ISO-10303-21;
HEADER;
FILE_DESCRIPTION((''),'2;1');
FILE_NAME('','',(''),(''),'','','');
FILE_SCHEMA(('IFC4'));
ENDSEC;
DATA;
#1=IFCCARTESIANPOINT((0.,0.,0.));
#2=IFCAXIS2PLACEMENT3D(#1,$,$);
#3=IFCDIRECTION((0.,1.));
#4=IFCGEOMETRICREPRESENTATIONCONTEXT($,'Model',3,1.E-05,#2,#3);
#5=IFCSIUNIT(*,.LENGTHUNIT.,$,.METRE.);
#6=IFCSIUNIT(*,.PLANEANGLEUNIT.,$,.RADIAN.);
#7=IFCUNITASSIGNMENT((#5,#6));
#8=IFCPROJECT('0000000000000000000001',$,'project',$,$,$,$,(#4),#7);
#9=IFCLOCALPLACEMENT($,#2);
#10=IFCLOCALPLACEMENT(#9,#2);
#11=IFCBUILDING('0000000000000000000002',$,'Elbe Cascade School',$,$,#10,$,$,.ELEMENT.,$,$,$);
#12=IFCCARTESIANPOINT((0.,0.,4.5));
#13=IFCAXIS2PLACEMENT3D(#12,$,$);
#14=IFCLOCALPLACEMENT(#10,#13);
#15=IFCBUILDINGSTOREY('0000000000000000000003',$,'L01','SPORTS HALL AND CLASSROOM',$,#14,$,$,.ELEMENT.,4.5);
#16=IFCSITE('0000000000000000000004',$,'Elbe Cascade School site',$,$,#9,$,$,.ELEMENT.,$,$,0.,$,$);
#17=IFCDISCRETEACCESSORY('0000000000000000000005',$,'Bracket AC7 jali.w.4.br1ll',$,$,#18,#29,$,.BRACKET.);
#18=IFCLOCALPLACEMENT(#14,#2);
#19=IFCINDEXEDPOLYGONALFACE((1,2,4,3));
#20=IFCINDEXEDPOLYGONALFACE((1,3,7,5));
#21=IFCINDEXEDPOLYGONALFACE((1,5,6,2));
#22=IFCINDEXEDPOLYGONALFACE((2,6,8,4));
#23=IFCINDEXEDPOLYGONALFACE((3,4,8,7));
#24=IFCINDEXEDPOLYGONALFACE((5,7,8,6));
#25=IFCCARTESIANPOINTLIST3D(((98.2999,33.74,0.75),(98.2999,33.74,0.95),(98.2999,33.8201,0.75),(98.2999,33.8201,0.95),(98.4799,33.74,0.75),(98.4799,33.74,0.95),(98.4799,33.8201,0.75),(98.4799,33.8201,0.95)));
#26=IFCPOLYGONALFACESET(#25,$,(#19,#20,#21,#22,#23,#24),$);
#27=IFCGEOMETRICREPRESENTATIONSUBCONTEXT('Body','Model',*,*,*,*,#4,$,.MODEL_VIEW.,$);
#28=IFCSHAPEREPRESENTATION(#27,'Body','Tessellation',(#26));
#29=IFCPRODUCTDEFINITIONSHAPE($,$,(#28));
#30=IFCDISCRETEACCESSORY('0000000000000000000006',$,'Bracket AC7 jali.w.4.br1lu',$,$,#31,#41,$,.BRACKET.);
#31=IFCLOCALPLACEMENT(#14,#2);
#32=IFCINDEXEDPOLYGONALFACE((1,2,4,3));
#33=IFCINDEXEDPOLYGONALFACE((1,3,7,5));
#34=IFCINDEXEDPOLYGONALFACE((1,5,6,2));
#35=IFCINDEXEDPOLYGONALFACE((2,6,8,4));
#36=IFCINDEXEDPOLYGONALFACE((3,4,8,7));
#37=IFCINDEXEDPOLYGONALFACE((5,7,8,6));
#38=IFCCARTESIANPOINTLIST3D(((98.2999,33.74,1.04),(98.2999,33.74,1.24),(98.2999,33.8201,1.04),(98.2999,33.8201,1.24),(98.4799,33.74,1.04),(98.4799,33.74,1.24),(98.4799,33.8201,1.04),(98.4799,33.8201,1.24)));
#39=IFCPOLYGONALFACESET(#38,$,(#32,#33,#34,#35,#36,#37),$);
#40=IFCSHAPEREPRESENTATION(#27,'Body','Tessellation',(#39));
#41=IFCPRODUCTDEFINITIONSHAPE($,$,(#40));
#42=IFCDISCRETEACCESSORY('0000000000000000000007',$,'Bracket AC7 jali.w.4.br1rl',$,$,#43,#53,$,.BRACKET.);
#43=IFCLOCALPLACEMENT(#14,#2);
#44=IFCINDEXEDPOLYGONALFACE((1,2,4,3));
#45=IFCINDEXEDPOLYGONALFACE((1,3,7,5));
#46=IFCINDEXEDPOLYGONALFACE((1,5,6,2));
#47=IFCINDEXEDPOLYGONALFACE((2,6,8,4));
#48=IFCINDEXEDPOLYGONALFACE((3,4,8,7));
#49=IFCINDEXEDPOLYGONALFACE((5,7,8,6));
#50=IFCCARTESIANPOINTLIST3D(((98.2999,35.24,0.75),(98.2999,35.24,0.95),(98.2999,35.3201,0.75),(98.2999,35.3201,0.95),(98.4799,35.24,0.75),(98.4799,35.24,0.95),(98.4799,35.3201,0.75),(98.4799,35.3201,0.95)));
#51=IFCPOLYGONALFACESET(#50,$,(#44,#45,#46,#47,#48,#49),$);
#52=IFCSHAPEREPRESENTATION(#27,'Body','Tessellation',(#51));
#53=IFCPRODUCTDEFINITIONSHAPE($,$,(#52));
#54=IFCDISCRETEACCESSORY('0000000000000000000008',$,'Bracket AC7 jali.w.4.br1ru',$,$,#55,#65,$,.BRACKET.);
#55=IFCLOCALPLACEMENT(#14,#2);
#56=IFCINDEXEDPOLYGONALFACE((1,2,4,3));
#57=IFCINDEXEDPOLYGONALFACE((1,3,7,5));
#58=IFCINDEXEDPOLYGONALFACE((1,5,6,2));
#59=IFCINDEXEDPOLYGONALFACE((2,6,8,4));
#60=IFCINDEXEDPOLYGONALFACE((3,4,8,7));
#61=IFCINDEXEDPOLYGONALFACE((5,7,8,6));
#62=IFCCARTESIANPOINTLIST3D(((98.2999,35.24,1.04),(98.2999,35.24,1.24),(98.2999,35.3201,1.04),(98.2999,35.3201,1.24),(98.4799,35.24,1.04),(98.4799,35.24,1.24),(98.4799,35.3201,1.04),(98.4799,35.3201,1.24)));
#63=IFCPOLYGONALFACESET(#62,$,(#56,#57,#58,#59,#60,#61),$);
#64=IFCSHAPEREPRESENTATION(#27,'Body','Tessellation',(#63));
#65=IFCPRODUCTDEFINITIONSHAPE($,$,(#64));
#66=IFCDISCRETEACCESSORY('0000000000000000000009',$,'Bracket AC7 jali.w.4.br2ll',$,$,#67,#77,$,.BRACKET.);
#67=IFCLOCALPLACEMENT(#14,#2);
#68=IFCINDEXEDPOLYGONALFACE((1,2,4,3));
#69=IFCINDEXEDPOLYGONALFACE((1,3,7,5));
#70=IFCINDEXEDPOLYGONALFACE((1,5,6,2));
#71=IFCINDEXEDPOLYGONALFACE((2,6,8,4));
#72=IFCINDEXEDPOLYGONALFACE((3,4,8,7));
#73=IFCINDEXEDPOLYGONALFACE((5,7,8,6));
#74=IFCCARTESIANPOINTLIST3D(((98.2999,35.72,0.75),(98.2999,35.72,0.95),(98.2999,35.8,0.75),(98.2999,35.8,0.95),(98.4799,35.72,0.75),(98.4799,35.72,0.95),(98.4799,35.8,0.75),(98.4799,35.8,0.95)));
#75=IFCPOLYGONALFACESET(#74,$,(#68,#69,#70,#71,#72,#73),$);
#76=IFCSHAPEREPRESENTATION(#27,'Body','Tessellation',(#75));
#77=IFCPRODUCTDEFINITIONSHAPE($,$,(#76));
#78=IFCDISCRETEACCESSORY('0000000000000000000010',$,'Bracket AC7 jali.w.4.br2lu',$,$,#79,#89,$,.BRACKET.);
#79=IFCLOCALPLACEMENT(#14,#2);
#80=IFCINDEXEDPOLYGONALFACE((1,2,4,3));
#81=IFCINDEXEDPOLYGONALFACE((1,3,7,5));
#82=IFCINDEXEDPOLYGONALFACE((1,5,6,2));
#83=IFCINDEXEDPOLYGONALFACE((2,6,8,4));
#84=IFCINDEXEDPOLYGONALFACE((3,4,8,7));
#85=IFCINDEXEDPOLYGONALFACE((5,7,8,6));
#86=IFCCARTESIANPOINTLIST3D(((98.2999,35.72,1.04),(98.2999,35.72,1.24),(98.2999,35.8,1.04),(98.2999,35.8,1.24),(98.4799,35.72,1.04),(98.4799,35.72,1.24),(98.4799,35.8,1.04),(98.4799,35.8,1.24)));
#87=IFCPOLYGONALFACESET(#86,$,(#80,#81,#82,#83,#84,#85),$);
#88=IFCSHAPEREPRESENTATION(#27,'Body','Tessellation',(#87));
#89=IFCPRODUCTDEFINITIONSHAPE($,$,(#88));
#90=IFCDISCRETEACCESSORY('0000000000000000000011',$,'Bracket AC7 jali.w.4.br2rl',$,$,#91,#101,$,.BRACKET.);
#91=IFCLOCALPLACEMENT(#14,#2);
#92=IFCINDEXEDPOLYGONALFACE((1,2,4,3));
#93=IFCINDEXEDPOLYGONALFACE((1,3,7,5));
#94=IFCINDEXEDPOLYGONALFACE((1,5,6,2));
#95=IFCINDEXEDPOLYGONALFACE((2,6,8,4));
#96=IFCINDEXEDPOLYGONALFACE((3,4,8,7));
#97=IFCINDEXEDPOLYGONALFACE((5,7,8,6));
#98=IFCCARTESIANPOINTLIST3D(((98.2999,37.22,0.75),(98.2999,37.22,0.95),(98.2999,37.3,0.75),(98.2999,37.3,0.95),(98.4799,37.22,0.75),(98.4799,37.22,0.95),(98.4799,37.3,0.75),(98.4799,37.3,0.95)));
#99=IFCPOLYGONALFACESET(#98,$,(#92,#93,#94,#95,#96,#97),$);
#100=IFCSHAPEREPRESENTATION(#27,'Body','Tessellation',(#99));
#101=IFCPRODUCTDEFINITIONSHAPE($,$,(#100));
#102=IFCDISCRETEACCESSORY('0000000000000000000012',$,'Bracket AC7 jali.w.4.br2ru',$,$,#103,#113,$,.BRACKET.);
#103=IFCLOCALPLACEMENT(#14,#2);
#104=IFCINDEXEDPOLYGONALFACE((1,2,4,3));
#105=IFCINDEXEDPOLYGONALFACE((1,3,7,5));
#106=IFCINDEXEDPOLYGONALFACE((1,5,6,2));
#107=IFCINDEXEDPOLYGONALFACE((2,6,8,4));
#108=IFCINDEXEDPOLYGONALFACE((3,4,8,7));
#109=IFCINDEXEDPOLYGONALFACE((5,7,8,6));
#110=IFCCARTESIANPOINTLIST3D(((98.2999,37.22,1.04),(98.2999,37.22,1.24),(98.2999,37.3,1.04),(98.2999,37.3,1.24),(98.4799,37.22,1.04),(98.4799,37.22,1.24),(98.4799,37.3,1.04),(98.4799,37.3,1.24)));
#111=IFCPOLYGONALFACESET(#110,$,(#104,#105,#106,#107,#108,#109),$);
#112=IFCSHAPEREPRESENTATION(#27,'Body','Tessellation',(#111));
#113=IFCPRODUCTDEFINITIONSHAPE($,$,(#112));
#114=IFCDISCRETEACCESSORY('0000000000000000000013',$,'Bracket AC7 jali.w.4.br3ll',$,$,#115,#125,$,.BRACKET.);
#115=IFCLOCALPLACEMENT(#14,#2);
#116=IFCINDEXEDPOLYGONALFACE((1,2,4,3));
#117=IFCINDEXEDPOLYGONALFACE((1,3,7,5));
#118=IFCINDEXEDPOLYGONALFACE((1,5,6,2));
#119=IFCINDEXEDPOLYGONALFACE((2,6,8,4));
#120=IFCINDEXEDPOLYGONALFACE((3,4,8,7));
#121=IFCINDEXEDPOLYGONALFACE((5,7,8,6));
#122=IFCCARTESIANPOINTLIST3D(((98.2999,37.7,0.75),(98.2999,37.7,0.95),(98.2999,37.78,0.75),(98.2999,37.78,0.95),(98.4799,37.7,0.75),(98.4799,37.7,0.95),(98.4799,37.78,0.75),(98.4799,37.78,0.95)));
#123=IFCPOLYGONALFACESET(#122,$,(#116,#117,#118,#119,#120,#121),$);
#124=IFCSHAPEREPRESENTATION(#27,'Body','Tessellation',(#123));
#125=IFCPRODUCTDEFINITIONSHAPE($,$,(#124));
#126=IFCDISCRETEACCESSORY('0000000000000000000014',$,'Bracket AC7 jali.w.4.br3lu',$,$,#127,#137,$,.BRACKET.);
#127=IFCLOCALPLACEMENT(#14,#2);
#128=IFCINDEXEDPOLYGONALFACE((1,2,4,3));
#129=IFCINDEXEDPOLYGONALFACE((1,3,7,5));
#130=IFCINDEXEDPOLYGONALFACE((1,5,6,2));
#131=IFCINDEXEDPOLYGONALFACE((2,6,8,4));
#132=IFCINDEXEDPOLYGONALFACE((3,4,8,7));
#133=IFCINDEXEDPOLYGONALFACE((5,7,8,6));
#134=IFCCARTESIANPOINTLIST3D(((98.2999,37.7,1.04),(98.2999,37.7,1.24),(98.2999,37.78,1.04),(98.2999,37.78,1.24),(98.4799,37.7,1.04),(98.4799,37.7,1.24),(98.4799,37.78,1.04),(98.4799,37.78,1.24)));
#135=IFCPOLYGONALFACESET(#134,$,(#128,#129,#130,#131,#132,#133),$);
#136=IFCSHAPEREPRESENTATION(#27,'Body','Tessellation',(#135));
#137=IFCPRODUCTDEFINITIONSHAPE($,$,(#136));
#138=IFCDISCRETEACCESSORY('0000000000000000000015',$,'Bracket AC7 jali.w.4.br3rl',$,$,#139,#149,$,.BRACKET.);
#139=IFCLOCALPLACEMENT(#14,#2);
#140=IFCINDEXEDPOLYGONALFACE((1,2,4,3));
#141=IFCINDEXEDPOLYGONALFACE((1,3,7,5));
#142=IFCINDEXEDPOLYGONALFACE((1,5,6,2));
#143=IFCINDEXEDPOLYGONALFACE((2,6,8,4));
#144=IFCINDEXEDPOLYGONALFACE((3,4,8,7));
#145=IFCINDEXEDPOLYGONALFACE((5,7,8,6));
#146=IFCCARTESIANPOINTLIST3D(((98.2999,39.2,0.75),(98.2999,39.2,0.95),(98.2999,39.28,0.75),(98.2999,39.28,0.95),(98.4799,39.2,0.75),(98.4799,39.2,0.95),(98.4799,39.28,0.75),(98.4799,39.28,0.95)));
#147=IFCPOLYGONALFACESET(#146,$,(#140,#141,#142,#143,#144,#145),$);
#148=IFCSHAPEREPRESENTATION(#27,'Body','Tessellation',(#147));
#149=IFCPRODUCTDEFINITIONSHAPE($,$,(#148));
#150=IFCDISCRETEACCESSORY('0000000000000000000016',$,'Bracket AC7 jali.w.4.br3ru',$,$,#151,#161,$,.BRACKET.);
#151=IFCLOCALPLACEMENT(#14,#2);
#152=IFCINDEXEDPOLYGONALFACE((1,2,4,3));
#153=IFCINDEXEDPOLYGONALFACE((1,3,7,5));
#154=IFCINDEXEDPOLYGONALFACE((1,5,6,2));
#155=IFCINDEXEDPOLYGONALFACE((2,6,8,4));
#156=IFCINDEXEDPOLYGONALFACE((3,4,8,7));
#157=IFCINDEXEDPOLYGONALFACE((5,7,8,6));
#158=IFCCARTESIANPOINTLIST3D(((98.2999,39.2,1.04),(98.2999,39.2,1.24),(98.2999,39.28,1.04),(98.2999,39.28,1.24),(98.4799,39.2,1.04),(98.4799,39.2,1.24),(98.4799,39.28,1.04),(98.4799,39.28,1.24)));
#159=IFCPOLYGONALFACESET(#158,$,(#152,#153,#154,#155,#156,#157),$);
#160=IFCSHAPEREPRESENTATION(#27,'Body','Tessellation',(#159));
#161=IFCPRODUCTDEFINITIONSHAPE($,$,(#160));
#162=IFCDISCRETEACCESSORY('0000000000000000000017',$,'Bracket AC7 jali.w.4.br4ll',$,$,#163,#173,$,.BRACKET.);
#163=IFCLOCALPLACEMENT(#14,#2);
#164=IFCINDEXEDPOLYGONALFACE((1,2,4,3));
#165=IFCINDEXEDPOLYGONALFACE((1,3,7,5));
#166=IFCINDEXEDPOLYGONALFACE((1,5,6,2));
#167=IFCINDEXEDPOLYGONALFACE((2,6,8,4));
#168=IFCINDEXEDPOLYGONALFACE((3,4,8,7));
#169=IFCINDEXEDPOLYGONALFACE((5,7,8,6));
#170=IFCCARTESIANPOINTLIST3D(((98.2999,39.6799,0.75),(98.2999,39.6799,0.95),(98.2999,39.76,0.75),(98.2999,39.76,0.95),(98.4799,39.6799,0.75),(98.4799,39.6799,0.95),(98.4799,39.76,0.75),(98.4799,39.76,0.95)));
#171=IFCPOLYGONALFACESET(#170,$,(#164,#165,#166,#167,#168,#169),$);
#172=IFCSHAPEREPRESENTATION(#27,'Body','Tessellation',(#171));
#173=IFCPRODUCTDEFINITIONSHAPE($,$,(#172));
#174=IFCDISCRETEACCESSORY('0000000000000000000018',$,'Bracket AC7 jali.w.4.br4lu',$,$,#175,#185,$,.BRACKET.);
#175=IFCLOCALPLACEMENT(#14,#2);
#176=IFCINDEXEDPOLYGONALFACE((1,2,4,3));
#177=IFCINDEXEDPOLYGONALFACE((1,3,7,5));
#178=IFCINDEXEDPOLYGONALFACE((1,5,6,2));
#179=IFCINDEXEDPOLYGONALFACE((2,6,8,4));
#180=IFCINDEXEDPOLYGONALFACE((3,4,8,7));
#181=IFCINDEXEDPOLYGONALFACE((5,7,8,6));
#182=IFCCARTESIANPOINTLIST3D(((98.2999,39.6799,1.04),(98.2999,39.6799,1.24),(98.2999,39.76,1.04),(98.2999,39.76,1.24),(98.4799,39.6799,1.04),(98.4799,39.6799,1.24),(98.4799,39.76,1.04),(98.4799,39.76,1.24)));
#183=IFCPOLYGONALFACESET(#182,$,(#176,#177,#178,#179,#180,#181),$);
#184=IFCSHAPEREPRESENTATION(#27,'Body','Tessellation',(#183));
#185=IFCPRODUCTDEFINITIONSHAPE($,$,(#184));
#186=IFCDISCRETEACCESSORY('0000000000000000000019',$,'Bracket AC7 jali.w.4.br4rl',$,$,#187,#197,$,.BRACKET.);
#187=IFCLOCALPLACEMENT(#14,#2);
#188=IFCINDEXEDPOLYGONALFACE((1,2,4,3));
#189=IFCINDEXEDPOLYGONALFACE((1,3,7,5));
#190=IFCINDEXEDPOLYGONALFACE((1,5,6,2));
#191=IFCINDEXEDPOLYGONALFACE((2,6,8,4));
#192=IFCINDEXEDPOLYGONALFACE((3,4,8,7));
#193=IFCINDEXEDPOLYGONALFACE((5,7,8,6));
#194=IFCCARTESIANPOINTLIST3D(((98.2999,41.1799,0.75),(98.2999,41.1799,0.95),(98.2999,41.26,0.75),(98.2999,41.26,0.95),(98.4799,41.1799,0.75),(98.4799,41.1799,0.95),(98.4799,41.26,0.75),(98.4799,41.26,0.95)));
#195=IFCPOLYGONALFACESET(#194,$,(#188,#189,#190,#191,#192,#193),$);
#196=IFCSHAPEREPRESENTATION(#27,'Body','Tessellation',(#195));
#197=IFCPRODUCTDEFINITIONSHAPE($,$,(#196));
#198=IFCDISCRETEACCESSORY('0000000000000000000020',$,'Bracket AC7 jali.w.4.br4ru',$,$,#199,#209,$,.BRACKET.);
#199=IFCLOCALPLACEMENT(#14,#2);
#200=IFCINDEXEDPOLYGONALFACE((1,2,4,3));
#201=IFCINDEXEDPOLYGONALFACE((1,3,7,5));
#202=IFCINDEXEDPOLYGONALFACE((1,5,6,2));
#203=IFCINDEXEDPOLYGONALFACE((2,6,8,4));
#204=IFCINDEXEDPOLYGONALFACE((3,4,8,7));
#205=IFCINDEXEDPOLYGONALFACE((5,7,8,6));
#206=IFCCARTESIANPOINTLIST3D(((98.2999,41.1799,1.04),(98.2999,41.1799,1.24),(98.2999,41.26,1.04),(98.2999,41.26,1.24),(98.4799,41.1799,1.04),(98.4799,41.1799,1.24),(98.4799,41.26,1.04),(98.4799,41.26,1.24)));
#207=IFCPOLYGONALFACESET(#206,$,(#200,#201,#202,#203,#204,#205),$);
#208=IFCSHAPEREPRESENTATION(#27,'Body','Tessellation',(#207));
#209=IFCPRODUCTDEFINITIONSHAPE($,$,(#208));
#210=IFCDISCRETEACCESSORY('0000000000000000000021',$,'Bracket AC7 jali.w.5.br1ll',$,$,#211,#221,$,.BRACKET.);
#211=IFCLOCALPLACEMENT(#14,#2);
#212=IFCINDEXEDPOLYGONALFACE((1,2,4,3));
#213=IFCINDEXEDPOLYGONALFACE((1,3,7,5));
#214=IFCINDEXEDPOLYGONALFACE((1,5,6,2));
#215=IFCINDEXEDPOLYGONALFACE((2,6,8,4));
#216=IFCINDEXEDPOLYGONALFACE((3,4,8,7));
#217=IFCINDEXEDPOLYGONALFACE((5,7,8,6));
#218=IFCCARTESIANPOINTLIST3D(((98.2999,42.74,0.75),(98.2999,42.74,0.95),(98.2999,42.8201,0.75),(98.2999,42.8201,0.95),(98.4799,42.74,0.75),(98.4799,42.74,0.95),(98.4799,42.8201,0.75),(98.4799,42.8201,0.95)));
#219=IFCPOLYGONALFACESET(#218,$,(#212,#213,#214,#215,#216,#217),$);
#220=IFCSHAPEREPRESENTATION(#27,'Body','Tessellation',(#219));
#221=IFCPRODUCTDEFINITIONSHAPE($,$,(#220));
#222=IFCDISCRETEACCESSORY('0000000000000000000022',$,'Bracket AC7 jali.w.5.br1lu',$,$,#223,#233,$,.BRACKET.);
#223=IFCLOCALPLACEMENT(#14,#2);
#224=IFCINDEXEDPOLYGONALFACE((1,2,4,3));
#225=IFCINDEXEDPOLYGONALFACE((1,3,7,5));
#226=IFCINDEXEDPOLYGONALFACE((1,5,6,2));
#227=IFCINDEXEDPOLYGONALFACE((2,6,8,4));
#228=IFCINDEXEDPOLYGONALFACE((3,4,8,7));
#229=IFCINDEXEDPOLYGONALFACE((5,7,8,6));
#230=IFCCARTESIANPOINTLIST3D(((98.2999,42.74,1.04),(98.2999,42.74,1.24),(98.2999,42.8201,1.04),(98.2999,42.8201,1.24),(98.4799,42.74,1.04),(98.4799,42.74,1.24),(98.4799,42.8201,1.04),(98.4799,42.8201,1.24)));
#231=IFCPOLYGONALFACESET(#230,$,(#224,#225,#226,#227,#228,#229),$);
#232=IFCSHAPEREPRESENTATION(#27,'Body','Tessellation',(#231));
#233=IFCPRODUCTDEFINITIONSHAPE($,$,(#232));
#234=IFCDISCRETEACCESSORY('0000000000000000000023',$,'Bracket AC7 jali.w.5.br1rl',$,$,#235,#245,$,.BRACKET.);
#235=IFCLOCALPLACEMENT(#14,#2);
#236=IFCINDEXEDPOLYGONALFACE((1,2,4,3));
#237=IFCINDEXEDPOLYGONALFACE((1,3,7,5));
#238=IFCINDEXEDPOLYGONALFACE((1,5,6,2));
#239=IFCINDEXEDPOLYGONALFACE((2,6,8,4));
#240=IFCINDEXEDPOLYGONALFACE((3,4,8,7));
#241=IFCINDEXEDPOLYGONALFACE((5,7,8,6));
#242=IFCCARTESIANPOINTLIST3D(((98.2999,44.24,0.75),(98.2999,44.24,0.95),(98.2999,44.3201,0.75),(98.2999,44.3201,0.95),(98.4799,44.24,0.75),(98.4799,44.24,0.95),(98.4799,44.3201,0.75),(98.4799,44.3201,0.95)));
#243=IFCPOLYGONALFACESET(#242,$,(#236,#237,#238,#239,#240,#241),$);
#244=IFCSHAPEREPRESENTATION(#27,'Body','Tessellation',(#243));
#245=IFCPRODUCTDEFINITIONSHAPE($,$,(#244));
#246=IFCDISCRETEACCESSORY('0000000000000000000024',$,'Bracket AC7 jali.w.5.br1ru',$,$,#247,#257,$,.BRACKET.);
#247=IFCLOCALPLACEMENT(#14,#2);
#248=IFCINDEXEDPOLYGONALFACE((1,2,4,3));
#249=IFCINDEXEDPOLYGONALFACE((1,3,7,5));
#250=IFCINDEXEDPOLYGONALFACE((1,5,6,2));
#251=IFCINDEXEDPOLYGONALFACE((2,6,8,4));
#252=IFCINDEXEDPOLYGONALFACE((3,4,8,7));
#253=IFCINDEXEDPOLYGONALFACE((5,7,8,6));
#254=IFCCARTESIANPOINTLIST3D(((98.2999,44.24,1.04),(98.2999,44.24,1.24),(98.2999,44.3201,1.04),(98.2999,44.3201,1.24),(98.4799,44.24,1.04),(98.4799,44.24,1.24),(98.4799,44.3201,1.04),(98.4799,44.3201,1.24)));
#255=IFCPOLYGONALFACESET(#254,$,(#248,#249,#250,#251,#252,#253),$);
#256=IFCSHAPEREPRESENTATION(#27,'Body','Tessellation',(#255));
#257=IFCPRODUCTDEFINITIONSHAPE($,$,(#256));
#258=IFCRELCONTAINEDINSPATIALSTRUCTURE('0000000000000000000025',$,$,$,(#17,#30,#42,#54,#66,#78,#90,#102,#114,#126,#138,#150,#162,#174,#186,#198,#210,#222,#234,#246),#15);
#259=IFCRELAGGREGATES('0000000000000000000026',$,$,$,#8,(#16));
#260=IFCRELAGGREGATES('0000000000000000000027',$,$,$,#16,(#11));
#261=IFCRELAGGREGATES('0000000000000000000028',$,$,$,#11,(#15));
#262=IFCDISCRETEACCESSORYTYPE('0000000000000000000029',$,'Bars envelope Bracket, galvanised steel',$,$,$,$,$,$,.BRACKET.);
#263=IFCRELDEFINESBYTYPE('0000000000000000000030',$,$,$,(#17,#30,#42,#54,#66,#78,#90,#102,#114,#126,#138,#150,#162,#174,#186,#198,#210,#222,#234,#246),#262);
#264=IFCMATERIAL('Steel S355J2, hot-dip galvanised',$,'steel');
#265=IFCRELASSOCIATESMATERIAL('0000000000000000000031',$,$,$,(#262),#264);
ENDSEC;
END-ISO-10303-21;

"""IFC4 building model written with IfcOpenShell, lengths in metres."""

from ifc_helpers import new_model, si_unit, direction, frame, origin, origin_2d, place, context, subcontext, project, spatial, rectangle, extrude, material, type_object, element, save


model = new_model("IFC4")

# Units and contexts
model_context = context("Model", 3, precision=1e-05, world=origin(), true_north=direction((0.0, 1.0)))
body_context = subcontext(model_context, "Body", "Model", "MODEL_VIEW")
ifc_project = project(units=[si_unit("LENGTHUNIT", "METRE"), si_unit("PLANEANGLEUNIT", "RADIAN")], contexts=[model_context])

# Site, building, storey
site_placement = place(None, origin())
site = spatial("IfcSite", under=ifc_project, at=site_placement, Name="Elbe Cascade School site", CompositionType="ELEMENT", RefElevation=0.0)
building_placement = place(site_placement, origin())
building = spatial("IfcBuilding", under=site, at=building_placement, Name="Elbe Cascade School", CompositionType="ELEMENT")
storey_placement = place(building_placement, frame((0.0, 0.0, 4.5)))
storey = spatial("IfcBuildingStorey", under=building, at=storey_placement, Name="L01", Description="SPORTS HALL AND CLASSROOM", CompositionType="ELEMENT", Elevation=4.5)

# Discrete accessories
ifc_material = material(Name="Steel S355J2, hot-dip galvanised", Category="steel")
discrete_accessory_type = type_object("IfcDiscreteAccessoryType", Name="Bars envelope Bracket, galvanised steel", PredefinedType="BRACKET", material=ifc_material)
for number, where, z_axis, x_axis, name in (
    (1, (98.3899, 33.78, 0.75), (0.0, 0.0, 1.0), (0.0, 1.0, 0.0), "Bracket AC7 jali.w.4.br1ll"),
    (2, (98.3899, 33.78, 1.04), (0.0, 0.0, 1.0), (0.0, 1.0, 0.0), "Bracket AC7 jali.w.4.br1lu"),
    (3, (98.3899, 35.28, 0.75), (0.0, 0.0, 1.0), (0.0, 1.0, 0.0), "Bracket AC7 jali.w.4.br1rl"),
    (4, (98.3899, 35.28, 1.04), (0.0, 0.0, 1.0), (0.0, 1.0, 0.0), "Bracket AC7 jali.w.4.br1ru"),
    (5, (98.3899, 35.76, 0.75), (0.0, 0.0, 1.0), (0.0, 1.0, 0.0), "Bracket AC7 jali.w.4.br2ll"),
    (6, (98.3899, 35.76, 1.04), (0.0, 0.0, 1.0), (0.0, 1.0, 0.0), "Bracket AC7 jali.w.4.br2lu"),
    (7, (98.3899, 37.26, 0.75), (0.0, 0.0, 1.0), (0.0, 1.0, 0.0), "Bracket AC7 jali.w.4.br2rl"),
    (8, (98.3899, 37.26, 1.04), (0.0, 0.0, 1.0), (0.0, 1.0, 0.0), "Bracket AC7 jali.w.4.br2ru"),
    (9, (98.3899, 37.74, 0.75), (0.0, 0.0, 1.0), (0.0, 1.0, 0.0), "Bracket AC7 jali.w.4.br3ll"),
    (10, (98.3899, 37.74, 1.04), (0.0, 0.0, 1.0), (0.0, 1.0, 0.0), "Bracket AC7 jali.w.4.br3lu"),
    (11, (98.3899, 39.24, 0.75), (0.0, 0.0, 1.0), (0.0, 1.0, 0.0), "Bracket AC7 jali.w.4.br3rl"),
    (12, (98.3899, 39.24, 1.04), (0.0, 0.0, 1.0), (0.0, 1.0, 0.0), "Bracket AC7 jali.w.4.br3ru"),
    (13, (98.3899, 39.72, 0.75), (0.0, 0.0, 1.0), (0.0, 1.0, 0.0), "Bracket AC7 jali.w.4.br4ll"),
    (14, (98.3899, 39.72, 1.04), (0.0, 0.0, 1.0), (0.0, 1.0, 0.0), "Bracket AC7 jali.w.4.br4lu"),
    (15, (98.3899, 41.22, 0.75), (0.0, 0.0, 1.0), (0.0, 1.0, 0.0), "Bracket AC7 jali.w.4.br4rl"),
    (16, (98.3899, 41.22, 1.04), (0.0, 0.0, 1.0), (0.0, 1.0, 0.0), "Bracket AC7 jali.w.4.br4ru"),
    (17, (98.3899, 42.78, 0.75), (0.0, 0.0, 1.0), (0.0, 1.0, 0.0), "Bracket AC7 jali.w.5.br1ll"),
    (18, (98.3899, 42.78, 1.04), (0.0, 0.0, 1.0), (0.0, 1.0, 0.0), "Bracket AC7 jali.w.5.br1lu"),
    (19, (98.3899, 44.28, 0.75), (0.0, 0.0, 1.0), (0.0, 1.0, 0.0), "Bracket AC7 jali.w.5.br1rl"),
    (20, (98.3899, 44.28, 1.04), (0.0, 0.0, 1.0), (0.0, 1.0, 0.0), "Bracket AC7 jali.w.5.br1ru"),
):
    element("IfcDiscreteAccessory", number, at=place(storey_placement, frame(where, z_axis=z_axis, x_axis=x_axis)), inside=storey, type_object=discrete_accessory_type, Name=name, PredefinedType="BRACKET", context=body_context, shape_type="SweptSolid", body=[
        extrude(rectangle(XDim=0.0801, YDim=0.1799, at=origin_2d()), origin(), (0.0, 0.0, 1.0), 0.2),
    ])

save(model, "model.ifc")
